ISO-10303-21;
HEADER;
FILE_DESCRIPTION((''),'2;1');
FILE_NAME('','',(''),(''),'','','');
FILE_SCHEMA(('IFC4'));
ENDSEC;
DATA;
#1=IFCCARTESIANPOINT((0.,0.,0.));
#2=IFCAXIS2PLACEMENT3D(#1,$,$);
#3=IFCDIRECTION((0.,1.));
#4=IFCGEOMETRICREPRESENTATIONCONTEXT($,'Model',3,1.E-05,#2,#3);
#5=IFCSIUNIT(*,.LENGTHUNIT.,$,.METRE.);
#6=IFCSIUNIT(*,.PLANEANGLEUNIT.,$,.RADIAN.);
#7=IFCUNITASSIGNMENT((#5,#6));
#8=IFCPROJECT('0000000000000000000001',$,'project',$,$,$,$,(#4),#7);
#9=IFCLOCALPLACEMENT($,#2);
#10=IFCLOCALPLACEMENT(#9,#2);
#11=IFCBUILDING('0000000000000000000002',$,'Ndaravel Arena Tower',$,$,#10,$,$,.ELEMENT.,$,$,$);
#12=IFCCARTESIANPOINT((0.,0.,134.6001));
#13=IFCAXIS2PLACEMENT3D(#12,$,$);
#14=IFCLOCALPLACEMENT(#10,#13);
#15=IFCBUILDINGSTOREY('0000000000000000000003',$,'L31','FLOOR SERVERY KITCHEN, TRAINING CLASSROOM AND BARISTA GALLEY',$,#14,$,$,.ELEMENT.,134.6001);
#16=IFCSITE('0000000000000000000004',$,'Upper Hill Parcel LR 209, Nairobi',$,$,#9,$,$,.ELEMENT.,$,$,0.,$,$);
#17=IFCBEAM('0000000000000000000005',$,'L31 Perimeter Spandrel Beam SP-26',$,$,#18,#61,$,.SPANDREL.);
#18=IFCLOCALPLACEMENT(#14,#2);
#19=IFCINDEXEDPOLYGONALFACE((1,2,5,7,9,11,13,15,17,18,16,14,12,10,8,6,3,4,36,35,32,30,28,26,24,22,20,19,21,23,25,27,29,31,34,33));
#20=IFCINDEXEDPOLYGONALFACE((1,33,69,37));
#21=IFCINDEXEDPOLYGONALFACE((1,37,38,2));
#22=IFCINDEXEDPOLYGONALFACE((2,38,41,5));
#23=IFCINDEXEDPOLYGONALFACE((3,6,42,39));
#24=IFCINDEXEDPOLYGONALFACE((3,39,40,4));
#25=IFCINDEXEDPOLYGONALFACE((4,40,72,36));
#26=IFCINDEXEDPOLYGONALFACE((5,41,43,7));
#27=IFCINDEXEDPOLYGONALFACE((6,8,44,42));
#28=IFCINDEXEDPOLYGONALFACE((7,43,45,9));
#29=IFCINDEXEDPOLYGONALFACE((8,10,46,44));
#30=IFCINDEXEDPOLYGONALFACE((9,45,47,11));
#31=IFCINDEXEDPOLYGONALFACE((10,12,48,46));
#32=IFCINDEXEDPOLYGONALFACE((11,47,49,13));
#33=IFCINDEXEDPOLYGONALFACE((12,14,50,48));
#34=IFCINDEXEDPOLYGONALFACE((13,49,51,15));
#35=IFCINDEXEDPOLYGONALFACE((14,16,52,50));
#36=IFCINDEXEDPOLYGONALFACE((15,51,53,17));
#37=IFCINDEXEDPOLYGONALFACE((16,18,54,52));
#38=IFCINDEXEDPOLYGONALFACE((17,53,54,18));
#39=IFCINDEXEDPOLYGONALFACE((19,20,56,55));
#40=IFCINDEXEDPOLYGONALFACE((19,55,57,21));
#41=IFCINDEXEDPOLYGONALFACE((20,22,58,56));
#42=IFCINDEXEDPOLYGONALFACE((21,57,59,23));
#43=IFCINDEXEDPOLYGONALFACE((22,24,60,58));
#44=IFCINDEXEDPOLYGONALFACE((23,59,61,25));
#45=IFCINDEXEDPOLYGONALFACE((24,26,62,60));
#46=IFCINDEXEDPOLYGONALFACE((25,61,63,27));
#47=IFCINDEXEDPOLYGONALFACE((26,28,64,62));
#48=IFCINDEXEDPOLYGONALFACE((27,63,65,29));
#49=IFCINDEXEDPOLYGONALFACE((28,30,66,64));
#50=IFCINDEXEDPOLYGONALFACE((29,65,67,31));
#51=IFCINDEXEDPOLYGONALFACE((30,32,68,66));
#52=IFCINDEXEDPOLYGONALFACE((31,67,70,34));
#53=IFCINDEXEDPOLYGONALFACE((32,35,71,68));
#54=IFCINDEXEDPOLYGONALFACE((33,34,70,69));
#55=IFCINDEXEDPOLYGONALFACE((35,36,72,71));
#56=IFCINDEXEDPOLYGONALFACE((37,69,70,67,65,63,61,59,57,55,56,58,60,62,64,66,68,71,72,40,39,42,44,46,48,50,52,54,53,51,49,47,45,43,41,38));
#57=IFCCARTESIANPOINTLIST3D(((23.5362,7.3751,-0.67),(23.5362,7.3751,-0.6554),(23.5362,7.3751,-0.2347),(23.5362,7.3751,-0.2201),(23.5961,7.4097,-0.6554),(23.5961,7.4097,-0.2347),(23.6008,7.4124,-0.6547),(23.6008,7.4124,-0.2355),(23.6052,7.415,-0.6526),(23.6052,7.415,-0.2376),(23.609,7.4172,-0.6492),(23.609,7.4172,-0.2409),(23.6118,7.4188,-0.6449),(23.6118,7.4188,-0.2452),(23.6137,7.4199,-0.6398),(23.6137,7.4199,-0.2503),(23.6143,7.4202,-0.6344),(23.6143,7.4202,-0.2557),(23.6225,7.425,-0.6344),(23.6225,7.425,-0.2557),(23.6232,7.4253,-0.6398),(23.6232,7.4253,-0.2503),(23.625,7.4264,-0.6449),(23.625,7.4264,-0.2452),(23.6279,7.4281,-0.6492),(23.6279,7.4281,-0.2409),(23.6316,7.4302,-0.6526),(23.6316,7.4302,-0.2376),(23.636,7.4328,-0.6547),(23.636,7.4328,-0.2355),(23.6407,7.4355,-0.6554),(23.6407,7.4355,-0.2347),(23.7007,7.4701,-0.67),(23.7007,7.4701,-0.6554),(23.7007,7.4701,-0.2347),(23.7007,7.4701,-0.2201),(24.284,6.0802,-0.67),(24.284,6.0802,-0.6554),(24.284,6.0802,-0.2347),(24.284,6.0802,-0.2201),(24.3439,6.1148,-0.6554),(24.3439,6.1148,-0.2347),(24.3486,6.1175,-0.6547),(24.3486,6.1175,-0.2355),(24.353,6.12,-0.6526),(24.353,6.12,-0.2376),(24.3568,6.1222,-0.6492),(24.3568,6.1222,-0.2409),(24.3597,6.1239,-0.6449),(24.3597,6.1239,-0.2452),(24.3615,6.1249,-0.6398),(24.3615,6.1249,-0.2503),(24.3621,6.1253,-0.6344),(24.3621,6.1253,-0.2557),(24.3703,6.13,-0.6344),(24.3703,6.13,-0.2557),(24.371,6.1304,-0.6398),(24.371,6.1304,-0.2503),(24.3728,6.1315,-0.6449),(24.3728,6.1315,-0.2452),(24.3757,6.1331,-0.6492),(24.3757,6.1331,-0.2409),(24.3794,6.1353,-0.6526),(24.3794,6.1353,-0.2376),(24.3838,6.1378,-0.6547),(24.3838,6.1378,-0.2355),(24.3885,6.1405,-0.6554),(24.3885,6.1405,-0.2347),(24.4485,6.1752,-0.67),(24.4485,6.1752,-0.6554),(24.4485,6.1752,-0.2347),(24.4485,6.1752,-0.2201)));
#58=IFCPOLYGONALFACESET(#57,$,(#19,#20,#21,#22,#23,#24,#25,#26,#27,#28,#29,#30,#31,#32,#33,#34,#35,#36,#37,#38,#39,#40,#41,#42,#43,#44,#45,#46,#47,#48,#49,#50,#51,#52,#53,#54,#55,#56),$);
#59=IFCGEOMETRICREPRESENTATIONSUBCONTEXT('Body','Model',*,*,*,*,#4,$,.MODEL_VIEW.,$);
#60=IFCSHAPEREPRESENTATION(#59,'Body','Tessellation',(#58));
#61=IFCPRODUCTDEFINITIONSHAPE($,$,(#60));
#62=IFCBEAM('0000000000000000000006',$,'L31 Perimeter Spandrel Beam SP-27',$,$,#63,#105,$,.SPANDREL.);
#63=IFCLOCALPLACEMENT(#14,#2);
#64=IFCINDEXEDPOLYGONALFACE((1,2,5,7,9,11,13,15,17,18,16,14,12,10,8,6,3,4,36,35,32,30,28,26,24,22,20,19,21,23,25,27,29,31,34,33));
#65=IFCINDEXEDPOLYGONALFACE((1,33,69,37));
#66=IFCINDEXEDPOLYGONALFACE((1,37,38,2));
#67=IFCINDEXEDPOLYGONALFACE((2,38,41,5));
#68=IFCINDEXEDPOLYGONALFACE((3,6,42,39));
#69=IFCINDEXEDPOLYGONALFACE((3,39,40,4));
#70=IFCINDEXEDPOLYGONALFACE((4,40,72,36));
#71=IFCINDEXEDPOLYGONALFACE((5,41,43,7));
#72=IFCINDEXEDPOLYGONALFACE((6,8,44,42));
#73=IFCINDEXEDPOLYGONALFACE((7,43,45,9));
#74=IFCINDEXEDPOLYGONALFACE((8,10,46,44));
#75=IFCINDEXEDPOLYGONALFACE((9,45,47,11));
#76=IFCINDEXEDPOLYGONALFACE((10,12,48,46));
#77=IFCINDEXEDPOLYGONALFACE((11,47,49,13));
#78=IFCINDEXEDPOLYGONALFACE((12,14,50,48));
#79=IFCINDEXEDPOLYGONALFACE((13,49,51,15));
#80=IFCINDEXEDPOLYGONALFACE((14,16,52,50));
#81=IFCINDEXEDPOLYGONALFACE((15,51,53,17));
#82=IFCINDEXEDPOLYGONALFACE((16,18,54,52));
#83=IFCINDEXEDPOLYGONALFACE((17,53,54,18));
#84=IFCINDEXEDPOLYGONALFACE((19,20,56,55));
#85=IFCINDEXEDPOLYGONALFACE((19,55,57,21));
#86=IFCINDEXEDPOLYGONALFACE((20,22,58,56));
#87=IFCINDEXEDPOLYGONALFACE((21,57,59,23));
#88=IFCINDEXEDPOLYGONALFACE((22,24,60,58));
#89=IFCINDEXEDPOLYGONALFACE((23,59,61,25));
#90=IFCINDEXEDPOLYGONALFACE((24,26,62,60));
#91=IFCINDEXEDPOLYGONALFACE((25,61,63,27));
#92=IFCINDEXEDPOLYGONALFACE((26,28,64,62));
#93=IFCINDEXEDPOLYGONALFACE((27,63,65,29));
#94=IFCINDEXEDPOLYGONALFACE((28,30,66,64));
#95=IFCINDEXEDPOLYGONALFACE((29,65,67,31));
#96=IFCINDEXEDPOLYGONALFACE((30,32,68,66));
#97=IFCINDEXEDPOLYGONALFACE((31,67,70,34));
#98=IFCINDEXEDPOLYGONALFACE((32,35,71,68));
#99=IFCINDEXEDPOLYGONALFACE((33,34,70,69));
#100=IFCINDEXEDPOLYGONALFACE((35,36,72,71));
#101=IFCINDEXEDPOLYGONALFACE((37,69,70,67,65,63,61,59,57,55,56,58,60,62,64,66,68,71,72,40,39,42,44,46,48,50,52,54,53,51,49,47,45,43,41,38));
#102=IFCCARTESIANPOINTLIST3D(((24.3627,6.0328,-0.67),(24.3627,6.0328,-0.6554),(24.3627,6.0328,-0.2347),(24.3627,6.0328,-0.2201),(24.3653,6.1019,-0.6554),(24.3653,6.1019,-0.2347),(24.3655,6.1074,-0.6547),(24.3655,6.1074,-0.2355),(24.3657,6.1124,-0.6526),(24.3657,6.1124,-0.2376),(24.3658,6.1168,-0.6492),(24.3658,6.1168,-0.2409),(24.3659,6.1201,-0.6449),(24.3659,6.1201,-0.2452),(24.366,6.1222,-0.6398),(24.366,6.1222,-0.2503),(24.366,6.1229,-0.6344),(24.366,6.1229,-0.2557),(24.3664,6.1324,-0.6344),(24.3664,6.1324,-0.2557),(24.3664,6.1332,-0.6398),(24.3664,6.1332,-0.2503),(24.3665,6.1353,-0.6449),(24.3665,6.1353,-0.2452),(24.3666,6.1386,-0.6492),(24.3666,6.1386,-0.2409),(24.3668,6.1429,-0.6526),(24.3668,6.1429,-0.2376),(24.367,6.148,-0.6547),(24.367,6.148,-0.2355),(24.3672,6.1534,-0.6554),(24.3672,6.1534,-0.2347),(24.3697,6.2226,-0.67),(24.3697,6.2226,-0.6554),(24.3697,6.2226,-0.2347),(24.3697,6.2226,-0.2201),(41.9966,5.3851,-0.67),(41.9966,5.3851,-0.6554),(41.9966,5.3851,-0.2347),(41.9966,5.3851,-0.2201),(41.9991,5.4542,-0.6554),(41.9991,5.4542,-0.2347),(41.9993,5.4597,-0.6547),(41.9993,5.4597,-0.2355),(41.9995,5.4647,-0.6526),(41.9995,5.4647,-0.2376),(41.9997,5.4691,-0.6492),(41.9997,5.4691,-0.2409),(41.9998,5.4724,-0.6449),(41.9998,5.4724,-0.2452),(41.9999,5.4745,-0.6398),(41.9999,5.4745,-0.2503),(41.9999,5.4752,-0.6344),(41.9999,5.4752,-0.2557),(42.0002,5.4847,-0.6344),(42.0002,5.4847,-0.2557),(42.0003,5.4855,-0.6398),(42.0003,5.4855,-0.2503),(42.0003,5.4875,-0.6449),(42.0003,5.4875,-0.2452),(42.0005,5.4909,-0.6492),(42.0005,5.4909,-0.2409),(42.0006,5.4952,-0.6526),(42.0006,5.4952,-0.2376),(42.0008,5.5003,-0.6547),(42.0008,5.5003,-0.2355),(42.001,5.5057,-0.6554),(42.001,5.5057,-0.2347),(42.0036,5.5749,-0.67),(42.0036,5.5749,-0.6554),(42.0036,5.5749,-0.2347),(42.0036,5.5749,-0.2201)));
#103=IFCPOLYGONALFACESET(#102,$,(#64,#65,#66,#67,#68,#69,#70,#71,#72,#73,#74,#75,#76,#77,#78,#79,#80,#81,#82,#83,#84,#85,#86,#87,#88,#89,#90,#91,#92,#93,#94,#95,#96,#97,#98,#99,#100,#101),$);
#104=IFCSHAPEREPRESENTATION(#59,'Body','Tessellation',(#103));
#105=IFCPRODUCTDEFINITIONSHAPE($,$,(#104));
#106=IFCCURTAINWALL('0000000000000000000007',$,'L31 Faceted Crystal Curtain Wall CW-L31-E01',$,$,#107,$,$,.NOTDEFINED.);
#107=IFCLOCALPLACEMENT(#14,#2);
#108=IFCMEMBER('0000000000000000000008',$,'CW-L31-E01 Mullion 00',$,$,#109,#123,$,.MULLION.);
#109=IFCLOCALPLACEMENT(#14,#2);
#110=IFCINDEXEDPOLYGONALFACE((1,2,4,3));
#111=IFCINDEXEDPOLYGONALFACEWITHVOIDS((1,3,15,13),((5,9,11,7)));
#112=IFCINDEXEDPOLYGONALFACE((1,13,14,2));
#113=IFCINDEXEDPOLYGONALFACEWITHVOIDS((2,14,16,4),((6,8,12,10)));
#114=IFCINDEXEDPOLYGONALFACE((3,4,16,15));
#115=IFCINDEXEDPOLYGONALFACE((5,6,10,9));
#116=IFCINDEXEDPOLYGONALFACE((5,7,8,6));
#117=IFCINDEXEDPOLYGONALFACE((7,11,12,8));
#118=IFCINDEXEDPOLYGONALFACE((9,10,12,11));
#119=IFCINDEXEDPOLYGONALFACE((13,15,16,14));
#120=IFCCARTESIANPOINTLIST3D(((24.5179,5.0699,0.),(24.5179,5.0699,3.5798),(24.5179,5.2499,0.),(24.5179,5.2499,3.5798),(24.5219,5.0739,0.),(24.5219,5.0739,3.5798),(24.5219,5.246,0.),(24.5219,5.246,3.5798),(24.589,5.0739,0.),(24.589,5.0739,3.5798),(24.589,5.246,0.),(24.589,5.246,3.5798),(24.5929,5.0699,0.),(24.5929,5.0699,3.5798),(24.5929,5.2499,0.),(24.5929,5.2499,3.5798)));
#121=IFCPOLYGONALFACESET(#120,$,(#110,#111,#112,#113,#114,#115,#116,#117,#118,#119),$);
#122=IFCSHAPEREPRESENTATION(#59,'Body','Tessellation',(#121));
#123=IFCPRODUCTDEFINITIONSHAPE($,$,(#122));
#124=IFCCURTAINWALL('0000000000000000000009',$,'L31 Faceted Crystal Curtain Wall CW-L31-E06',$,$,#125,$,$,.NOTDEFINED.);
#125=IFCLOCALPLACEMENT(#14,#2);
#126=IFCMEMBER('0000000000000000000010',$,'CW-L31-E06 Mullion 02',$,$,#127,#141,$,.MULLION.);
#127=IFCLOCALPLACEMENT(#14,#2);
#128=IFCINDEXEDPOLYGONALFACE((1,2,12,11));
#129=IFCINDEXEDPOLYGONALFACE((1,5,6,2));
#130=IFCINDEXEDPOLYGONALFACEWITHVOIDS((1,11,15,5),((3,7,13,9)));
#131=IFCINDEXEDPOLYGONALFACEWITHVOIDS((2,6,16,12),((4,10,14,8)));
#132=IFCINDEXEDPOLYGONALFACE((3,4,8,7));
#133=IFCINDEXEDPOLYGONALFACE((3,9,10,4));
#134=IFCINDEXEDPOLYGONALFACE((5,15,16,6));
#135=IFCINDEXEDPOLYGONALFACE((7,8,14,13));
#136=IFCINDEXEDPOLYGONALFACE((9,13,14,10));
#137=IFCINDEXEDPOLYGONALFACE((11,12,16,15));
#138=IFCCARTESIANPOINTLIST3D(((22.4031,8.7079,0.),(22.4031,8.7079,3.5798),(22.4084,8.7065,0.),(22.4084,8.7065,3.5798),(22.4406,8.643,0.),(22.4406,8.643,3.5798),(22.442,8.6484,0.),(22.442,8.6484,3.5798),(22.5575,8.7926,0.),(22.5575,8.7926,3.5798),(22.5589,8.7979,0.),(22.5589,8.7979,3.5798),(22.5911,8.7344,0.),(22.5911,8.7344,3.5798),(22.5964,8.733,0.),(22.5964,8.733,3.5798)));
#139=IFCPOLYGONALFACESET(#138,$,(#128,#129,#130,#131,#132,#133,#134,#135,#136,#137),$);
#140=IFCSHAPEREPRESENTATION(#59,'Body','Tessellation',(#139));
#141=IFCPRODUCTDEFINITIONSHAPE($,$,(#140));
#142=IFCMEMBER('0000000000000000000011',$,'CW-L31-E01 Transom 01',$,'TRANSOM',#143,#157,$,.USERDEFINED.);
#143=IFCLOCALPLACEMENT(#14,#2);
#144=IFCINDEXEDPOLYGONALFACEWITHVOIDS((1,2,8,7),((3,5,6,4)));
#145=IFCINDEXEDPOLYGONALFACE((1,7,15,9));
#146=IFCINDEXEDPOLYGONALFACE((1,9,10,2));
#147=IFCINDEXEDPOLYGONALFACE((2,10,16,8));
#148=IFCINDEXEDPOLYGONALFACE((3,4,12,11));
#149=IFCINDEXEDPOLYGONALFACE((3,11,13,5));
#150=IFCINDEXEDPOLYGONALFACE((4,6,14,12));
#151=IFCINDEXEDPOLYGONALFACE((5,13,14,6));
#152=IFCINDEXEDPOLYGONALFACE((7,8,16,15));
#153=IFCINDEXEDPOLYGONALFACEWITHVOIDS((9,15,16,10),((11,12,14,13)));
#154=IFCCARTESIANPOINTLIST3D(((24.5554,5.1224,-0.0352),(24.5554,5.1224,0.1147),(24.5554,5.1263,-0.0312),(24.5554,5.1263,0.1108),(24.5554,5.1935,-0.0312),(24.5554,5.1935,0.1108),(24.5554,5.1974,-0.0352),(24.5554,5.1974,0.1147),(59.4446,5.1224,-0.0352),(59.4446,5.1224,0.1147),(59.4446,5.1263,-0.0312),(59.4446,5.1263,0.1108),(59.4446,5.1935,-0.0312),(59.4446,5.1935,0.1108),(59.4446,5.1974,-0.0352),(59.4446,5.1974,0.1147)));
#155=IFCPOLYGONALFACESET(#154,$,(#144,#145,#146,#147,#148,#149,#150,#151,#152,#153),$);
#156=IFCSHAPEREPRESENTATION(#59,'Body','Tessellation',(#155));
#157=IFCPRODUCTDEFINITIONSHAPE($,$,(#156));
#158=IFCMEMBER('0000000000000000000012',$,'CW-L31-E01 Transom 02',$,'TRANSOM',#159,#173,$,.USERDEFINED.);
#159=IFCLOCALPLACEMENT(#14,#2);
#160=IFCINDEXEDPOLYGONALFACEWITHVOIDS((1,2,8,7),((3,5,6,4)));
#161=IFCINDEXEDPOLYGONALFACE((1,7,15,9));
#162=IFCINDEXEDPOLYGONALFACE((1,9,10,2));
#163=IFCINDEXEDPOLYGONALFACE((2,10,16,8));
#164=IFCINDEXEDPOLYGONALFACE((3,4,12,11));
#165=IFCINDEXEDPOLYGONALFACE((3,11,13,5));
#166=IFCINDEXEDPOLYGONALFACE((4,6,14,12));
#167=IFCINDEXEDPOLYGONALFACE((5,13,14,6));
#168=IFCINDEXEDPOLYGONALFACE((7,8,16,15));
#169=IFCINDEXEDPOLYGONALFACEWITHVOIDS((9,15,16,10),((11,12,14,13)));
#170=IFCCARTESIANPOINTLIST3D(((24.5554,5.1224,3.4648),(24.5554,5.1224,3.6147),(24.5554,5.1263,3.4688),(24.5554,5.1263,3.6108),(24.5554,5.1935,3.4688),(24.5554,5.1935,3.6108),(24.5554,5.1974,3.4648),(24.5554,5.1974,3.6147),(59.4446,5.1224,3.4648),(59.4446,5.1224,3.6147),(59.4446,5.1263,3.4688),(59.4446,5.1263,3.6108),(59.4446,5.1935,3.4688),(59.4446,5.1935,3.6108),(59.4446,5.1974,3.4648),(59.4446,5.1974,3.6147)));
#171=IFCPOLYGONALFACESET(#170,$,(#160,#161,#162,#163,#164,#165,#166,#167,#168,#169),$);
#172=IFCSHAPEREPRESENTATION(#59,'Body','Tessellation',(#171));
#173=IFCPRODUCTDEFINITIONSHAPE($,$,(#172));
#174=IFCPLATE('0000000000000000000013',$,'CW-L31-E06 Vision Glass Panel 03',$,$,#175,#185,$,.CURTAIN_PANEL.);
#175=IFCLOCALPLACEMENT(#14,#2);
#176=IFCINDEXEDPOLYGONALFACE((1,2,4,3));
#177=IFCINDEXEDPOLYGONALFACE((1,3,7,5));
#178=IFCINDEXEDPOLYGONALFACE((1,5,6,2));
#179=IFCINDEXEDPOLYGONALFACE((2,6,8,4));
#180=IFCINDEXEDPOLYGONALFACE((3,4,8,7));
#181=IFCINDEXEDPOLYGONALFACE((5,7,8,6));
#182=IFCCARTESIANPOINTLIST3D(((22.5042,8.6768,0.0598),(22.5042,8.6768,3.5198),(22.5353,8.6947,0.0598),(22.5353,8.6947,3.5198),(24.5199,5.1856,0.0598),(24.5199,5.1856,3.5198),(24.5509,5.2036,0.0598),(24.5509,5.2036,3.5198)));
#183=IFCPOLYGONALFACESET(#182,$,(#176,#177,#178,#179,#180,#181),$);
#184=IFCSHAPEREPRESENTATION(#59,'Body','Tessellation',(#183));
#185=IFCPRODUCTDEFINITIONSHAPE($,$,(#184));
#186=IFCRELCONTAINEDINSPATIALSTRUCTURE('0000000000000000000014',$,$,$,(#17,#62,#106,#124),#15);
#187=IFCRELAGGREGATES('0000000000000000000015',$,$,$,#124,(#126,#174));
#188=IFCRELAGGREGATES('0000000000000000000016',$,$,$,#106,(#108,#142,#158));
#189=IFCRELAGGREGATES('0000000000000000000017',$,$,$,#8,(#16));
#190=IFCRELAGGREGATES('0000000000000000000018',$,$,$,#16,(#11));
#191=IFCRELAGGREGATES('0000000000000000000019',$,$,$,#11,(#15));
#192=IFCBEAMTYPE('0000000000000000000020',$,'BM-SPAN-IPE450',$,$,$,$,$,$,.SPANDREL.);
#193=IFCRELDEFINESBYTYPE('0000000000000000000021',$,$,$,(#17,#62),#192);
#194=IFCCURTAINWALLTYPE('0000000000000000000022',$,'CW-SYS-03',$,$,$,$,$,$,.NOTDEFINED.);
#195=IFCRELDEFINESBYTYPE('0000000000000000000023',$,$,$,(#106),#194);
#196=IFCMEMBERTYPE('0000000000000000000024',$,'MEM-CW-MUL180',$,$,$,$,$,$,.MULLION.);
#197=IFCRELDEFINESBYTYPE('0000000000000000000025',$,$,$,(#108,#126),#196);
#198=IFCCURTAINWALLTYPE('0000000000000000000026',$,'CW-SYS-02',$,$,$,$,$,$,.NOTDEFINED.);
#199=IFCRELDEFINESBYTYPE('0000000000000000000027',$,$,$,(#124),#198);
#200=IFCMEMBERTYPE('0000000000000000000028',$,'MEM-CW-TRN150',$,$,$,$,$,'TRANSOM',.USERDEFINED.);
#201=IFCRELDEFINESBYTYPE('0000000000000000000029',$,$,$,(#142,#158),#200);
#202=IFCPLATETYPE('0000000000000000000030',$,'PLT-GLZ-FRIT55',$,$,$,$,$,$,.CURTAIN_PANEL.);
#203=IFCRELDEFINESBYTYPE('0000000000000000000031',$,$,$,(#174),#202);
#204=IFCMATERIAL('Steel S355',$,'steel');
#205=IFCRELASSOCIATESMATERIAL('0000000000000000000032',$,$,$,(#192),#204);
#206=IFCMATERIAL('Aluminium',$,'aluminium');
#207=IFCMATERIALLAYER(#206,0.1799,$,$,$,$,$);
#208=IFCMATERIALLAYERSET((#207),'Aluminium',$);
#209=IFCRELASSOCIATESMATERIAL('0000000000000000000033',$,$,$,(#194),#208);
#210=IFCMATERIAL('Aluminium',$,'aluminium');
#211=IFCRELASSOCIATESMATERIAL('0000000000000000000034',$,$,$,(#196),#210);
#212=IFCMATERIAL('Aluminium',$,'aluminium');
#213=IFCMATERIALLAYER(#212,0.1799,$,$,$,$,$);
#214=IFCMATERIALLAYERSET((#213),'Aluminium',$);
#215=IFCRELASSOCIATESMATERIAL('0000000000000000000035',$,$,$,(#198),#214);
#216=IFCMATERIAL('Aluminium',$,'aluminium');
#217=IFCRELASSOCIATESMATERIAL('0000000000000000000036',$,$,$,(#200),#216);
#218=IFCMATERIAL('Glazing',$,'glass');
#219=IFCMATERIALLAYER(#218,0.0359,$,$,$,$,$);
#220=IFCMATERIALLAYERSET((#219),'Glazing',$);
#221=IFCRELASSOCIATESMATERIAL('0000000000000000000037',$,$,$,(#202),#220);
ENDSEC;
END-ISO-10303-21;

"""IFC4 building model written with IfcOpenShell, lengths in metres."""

from ifc_helpers import new_model, si_unit, direction, frame, origin, origin_2d, place, context, subcontext, project, spatial, rectangle, hollow_rectangle, i_section, extrude, material, layer, layer_set, material_profile, profile_set, type_object, element, aggregate, save


model = new_model("IFC4")

# Units and contexts
model_context = context("Model", 3, precision=1e-05, world=origin(), true_north=direction((0.0, 1.0)))
body_context = subcontext(model_context, "Body", "Model", "MODEL_VIEW")
ifc_project = project(units=[si_unit("LENGTHUNIT", "METRE"), si_unit("PLANEANGLEUNIT", "RADIAN")], contexts=[model_context])

# Site, building, storey
site_placement = place(None, origin())
site = spatial("IfcSite", under=ifc_project, at=site_placement, Name="Upper Hill Parcel LR 209, Nairobi", CompositionType="ELEMENT", RefElevation=0.0)
building_placement = place(site_placement, origin())
building = spatial("IfcBuilding", under=site, at=building_placement, Name="Ndaravel Arena Tower", CompositionType="ELEMENT")
storey_placement = place(building_placement, frame((0.0, 0.0, 134.6001)))
storey = spatial("IfcBuildingStorey", under=building, at=storey_placement, Name="L31", Description="FLOOR SERVERY KITCHEN, TRAINING CLASSROOM AND BARISTA GALLEY", CompositionType="ELEMENT", Elevation=134.6001)

# Beams
ifc_material_1 = material(Name="Steel S355", Category="steel")
ifc_material_profile_1 = material_profile(ifc_material_1, i_section(OverallWidth=0.1899, OverallDepth=0.45, WebThickness=0.0095, FlangeThickness=0.0146, FilletRadius=0.021, at=origin_2d()), Name="IPE 450")
ifc_profile_set_1 = profile_set([ifc_material_profile_1], Name="Steel S355")
beam_type = type_object("IfcBeamType", Name="BM-SPAN-IPE450", PredefinedType="SPANDREL", material=ifc_profile_set_1)
for number, where, z_axis, x_axis, name in (
    (1, (23.6184, 7.4226, -0.4451), (0.50009, -0.865973, 0.0), (0.865973, 0.50009, 0.0), "L31 Perimeter Spandrel Beam SP-26"),
):
    element("IfcBeam", number, at=place(storey_placement, frame(where, z_axis=z_axis, x_axis=x_axis)), inside=storey, type_object=beam_type, Name=name, PredefinedType="SPANDREL", context=body_context, shape_type="SweptSolid", body=[
        extrude(i_section(OverallWidth=0.1899, OverallDepth=0.45, WebThickness=0.0095, FlangeThickness=0.0146, FilletRadius=0.021, at=origin_2d()), origin(), (0.0, 0.0, 1.0), 1.4954),
    ])
beam_placement = place(storey_placement, frame((24.3662, 6.1277, -0.4451), z_axis=(0.999326, -0.036706, 0.0), x_axis=(0.036706, 0.999326, 0.0)))
element("IfcBeam", 2, at=beam_placement, inside=storey, type_object=beam_type, Name="L31 Perimeter Spandrel Beam SP-27", PredefinedType="SPANDREL", context=body_context, shape_type="SweptSolid", body=[
    extrude(i_section(OverallWidth=0.1899, OverallDepth=0.45, WebThickness=0.0095, FlangeThickness=0.0146, FilletRadius=0.021, at=origin_2d()), origin(), (0.0, 0.0, 1.0), 17.6458),
])

# Curtain walls, members
ifc_material_2 = material(Name="Aluminium", Category="aluminium")
ifc_layer_1 = layer(ifc_material_2, 0.1799)
ifc_layer_set_1 = layer_set([ifc_layer_1], Name="Aluminium")
curtain_wall_type_1 = type_object("IfcCurtainWallType", Name="CW-SYS-03", PredefinedType="NOTDEFINED", material=ifc_layer_set_1)
curtain_wall_1_placement = place(storey_placement, origin())
curtain_wall_1 = element("IfcCurtainWall", 3, at=curtain_wall_1_placement, inside=storey, type_object=curtain_wall_type_1, Name="L31 Faceted Crystal Curtain Wall CW-L31-E01", PredefinedType="NOTDEFINED")
ifc_material_3 = material(Name="Aluminium", Category="aluminium")
ifc_material_profile_2 = material_profile(ifc_material_3, hollow_rectangle(XDim=0.075, YDim=0.1799, WallThickness=0.0039, at=origin_2d()), Name="CW MULLION 75x180x4")
ifc_profile_set_2 = profile_set([ifc_material_profile_2], Name="Aluminium")
member_type_1 = type_object("IfcMemberType", Name="MEM-CW-MUL180", PredefinedType="MULLION", material=ifc_profile_set_2)
member_1_placement = place(storey_placement, frame((24.5554, 5.1599, 0.0), z_axis=(0.0, 0.0, 1.0), x_axis=(1.0, 0.0, 0.0)))
member_1 = element("IfcMember", 4, at=member_1_placement, type_object=member_type_1, Name="CW-L31-E01 Mullion 00", PredefinedType="MULLION", context=body_context, shape_type="SweptSolid", body=[
    extrude(hollow_rectangle(XDim=0.075, YDim=0.1799, WallThickness=0.0039, at=origin_2d()), origin(), (0.0, 0.0, 1.0), 3.5798),
])
ifc_material_4 = material(Name="Aluminium", Category="aluminium")
ifc_layer_2 = layer(ifc_material_4, 0.1799)
ifc_layer_set_2 = layer_set([ifc_layer_2], Name="Aluminium")
curtain_wall_type_2 = type_object("IfcCurtainWallType", Name="CW-SYS-02", PredefinedType="NOTDEFINED", material=ifc_layer_set_2)
curtain_wall_2_placement = place(storey_placement, origin())
curtain_wall_2 = element("IfcCurtainWall", 5, at=curtain_wall_2_placement, inside=storey, type_object=curtain_wall_type_2, Name="L31 Faceted Crystal Curtain Wall CW-L31-E06", PredefinedType="NOTDEFINED")
member_2_placement = place(storey_placement, frame((22.4998, 8.7205, 0.0), z_axis=(0.0, 0.0, 1.0), x_axis=(0.5, -0.866025, 0.0)))
member_2 = element("IfcMember", 6, at=member_2_placement, type_object=member_type_1, Name="CW-L31-E06 Mullion 02", PredefinedType="MULLION", context=body_context, shape_type="SweptSolid", body=[
    extrude(hollow_rectangle(XDim=0.075, YDim=0.1799, WallThickness=0.0039, at=origin_2d()), origin(), (0.0, 0.0, 1.0), 3.5798),
])

# Members
ifc_material_5 = material(Name="Aluminium", Category="aluminium")
ifc_material_profile_3 = material_profile(ifc_material_5, hollow_rectangle(XDim=0.075, YDim=0.1499, WallThickness=0.0039, at=origin_2d()), Name="CW TRANSOM 75x150x4")
ifc_profile_set_3 = profile_set([ifc_material_profile_3], Name="Aluminium")
member_type_2 = type_object("IfcMemberType", Name="MEM-CW-TRN150", ElementType="TRANSOM", PredefinedType="USERDEFINED", material=ifc_profile_set_3)
member_3_placement = place(storey_placement, frame((24.5554, 5.1599, 0.0398), z_axis=(1.0, 0.0, 0.0), x_axis=(0.0, 1.0, 0.0)))
member_3 = element("IfcMember", 7, at=member_3_placement, type_object=member_type_2, Name="CW-L31-E01 Transom 01", ObjectType="TRANSOM", PredefinedType="USERDEFINED", context=body_context, shape_type="SweptSolid", body=[
    extrude(hollow_rectangle(XDim=0.075, YDim=0.1499, WallThickness=0.0039, at=origin_2d()), origin(), (0.0, 0.0, 1.0), 34.8892),
])
member_4_placement = place(storey_placement, frame((24.5554, 5.1599, 3.5398), z_axis=(1.0, 0.0, 0.0), x_axis=(0.0, 1.0, 0.0)))
member_4 = element("IfcMember", 8, at=member_4_placement, type_object=member_type_2, Name="CW-L31-E01 Transom 02", ObjectType="TRANSOM", PredefinedType="USERDEFINED", context=body_context, shape_type="SweptSolid", body=[
    extrude(hollow_rectangle(XDim=0.075, YDim=0.1499, WallThickness=0.0039, at=origin_2d()), origin(), (0.0, 0.0, 1.0), 34.8892),
])

# Plate
ifc_material_6 = material(Name="Glazing", Category="glass")
ifc_layer_3 = layer(ifc_material_6, 0.0359)
ifc_layer_set_3 = layer_set([ifc_layer_3], Name="Glazing")
plate_type_1 = type_object("IfcPlateType", Name="PLT-GLZ-FRIT55", PredefinedType="CURTAIN_PANEL", material=ifc_layer_set_3)
plate_1_placement = place(storey_placement, frame((23.5276, 6.9402, 0.0598), z_axis=(0.0, 0.0, 1.0), x_axis=(0.5, -0.866025, 0.0)))
plate_1 = element("IfcPlate", 9, at=plate_1_placement, type_object=plate_type_1, Name="CW-L31-E06 Vision Glass Panel 03", PredefinedType="CURTAIN_PANEL", context=body_context, shape_type="SweptSolid", body=[
    extrude(rectangle(XDim=4.0312, YDim=0.0359, at=origin_2d()), origin(), (0.0, 0.0, 1.0), 3.46),
])
aggregate(curtain_wall_2, [member_2, plate_1])
aggregate(curtain_wall_1, [member_1, member_3, member_4])

save(model, "model.ifc")
